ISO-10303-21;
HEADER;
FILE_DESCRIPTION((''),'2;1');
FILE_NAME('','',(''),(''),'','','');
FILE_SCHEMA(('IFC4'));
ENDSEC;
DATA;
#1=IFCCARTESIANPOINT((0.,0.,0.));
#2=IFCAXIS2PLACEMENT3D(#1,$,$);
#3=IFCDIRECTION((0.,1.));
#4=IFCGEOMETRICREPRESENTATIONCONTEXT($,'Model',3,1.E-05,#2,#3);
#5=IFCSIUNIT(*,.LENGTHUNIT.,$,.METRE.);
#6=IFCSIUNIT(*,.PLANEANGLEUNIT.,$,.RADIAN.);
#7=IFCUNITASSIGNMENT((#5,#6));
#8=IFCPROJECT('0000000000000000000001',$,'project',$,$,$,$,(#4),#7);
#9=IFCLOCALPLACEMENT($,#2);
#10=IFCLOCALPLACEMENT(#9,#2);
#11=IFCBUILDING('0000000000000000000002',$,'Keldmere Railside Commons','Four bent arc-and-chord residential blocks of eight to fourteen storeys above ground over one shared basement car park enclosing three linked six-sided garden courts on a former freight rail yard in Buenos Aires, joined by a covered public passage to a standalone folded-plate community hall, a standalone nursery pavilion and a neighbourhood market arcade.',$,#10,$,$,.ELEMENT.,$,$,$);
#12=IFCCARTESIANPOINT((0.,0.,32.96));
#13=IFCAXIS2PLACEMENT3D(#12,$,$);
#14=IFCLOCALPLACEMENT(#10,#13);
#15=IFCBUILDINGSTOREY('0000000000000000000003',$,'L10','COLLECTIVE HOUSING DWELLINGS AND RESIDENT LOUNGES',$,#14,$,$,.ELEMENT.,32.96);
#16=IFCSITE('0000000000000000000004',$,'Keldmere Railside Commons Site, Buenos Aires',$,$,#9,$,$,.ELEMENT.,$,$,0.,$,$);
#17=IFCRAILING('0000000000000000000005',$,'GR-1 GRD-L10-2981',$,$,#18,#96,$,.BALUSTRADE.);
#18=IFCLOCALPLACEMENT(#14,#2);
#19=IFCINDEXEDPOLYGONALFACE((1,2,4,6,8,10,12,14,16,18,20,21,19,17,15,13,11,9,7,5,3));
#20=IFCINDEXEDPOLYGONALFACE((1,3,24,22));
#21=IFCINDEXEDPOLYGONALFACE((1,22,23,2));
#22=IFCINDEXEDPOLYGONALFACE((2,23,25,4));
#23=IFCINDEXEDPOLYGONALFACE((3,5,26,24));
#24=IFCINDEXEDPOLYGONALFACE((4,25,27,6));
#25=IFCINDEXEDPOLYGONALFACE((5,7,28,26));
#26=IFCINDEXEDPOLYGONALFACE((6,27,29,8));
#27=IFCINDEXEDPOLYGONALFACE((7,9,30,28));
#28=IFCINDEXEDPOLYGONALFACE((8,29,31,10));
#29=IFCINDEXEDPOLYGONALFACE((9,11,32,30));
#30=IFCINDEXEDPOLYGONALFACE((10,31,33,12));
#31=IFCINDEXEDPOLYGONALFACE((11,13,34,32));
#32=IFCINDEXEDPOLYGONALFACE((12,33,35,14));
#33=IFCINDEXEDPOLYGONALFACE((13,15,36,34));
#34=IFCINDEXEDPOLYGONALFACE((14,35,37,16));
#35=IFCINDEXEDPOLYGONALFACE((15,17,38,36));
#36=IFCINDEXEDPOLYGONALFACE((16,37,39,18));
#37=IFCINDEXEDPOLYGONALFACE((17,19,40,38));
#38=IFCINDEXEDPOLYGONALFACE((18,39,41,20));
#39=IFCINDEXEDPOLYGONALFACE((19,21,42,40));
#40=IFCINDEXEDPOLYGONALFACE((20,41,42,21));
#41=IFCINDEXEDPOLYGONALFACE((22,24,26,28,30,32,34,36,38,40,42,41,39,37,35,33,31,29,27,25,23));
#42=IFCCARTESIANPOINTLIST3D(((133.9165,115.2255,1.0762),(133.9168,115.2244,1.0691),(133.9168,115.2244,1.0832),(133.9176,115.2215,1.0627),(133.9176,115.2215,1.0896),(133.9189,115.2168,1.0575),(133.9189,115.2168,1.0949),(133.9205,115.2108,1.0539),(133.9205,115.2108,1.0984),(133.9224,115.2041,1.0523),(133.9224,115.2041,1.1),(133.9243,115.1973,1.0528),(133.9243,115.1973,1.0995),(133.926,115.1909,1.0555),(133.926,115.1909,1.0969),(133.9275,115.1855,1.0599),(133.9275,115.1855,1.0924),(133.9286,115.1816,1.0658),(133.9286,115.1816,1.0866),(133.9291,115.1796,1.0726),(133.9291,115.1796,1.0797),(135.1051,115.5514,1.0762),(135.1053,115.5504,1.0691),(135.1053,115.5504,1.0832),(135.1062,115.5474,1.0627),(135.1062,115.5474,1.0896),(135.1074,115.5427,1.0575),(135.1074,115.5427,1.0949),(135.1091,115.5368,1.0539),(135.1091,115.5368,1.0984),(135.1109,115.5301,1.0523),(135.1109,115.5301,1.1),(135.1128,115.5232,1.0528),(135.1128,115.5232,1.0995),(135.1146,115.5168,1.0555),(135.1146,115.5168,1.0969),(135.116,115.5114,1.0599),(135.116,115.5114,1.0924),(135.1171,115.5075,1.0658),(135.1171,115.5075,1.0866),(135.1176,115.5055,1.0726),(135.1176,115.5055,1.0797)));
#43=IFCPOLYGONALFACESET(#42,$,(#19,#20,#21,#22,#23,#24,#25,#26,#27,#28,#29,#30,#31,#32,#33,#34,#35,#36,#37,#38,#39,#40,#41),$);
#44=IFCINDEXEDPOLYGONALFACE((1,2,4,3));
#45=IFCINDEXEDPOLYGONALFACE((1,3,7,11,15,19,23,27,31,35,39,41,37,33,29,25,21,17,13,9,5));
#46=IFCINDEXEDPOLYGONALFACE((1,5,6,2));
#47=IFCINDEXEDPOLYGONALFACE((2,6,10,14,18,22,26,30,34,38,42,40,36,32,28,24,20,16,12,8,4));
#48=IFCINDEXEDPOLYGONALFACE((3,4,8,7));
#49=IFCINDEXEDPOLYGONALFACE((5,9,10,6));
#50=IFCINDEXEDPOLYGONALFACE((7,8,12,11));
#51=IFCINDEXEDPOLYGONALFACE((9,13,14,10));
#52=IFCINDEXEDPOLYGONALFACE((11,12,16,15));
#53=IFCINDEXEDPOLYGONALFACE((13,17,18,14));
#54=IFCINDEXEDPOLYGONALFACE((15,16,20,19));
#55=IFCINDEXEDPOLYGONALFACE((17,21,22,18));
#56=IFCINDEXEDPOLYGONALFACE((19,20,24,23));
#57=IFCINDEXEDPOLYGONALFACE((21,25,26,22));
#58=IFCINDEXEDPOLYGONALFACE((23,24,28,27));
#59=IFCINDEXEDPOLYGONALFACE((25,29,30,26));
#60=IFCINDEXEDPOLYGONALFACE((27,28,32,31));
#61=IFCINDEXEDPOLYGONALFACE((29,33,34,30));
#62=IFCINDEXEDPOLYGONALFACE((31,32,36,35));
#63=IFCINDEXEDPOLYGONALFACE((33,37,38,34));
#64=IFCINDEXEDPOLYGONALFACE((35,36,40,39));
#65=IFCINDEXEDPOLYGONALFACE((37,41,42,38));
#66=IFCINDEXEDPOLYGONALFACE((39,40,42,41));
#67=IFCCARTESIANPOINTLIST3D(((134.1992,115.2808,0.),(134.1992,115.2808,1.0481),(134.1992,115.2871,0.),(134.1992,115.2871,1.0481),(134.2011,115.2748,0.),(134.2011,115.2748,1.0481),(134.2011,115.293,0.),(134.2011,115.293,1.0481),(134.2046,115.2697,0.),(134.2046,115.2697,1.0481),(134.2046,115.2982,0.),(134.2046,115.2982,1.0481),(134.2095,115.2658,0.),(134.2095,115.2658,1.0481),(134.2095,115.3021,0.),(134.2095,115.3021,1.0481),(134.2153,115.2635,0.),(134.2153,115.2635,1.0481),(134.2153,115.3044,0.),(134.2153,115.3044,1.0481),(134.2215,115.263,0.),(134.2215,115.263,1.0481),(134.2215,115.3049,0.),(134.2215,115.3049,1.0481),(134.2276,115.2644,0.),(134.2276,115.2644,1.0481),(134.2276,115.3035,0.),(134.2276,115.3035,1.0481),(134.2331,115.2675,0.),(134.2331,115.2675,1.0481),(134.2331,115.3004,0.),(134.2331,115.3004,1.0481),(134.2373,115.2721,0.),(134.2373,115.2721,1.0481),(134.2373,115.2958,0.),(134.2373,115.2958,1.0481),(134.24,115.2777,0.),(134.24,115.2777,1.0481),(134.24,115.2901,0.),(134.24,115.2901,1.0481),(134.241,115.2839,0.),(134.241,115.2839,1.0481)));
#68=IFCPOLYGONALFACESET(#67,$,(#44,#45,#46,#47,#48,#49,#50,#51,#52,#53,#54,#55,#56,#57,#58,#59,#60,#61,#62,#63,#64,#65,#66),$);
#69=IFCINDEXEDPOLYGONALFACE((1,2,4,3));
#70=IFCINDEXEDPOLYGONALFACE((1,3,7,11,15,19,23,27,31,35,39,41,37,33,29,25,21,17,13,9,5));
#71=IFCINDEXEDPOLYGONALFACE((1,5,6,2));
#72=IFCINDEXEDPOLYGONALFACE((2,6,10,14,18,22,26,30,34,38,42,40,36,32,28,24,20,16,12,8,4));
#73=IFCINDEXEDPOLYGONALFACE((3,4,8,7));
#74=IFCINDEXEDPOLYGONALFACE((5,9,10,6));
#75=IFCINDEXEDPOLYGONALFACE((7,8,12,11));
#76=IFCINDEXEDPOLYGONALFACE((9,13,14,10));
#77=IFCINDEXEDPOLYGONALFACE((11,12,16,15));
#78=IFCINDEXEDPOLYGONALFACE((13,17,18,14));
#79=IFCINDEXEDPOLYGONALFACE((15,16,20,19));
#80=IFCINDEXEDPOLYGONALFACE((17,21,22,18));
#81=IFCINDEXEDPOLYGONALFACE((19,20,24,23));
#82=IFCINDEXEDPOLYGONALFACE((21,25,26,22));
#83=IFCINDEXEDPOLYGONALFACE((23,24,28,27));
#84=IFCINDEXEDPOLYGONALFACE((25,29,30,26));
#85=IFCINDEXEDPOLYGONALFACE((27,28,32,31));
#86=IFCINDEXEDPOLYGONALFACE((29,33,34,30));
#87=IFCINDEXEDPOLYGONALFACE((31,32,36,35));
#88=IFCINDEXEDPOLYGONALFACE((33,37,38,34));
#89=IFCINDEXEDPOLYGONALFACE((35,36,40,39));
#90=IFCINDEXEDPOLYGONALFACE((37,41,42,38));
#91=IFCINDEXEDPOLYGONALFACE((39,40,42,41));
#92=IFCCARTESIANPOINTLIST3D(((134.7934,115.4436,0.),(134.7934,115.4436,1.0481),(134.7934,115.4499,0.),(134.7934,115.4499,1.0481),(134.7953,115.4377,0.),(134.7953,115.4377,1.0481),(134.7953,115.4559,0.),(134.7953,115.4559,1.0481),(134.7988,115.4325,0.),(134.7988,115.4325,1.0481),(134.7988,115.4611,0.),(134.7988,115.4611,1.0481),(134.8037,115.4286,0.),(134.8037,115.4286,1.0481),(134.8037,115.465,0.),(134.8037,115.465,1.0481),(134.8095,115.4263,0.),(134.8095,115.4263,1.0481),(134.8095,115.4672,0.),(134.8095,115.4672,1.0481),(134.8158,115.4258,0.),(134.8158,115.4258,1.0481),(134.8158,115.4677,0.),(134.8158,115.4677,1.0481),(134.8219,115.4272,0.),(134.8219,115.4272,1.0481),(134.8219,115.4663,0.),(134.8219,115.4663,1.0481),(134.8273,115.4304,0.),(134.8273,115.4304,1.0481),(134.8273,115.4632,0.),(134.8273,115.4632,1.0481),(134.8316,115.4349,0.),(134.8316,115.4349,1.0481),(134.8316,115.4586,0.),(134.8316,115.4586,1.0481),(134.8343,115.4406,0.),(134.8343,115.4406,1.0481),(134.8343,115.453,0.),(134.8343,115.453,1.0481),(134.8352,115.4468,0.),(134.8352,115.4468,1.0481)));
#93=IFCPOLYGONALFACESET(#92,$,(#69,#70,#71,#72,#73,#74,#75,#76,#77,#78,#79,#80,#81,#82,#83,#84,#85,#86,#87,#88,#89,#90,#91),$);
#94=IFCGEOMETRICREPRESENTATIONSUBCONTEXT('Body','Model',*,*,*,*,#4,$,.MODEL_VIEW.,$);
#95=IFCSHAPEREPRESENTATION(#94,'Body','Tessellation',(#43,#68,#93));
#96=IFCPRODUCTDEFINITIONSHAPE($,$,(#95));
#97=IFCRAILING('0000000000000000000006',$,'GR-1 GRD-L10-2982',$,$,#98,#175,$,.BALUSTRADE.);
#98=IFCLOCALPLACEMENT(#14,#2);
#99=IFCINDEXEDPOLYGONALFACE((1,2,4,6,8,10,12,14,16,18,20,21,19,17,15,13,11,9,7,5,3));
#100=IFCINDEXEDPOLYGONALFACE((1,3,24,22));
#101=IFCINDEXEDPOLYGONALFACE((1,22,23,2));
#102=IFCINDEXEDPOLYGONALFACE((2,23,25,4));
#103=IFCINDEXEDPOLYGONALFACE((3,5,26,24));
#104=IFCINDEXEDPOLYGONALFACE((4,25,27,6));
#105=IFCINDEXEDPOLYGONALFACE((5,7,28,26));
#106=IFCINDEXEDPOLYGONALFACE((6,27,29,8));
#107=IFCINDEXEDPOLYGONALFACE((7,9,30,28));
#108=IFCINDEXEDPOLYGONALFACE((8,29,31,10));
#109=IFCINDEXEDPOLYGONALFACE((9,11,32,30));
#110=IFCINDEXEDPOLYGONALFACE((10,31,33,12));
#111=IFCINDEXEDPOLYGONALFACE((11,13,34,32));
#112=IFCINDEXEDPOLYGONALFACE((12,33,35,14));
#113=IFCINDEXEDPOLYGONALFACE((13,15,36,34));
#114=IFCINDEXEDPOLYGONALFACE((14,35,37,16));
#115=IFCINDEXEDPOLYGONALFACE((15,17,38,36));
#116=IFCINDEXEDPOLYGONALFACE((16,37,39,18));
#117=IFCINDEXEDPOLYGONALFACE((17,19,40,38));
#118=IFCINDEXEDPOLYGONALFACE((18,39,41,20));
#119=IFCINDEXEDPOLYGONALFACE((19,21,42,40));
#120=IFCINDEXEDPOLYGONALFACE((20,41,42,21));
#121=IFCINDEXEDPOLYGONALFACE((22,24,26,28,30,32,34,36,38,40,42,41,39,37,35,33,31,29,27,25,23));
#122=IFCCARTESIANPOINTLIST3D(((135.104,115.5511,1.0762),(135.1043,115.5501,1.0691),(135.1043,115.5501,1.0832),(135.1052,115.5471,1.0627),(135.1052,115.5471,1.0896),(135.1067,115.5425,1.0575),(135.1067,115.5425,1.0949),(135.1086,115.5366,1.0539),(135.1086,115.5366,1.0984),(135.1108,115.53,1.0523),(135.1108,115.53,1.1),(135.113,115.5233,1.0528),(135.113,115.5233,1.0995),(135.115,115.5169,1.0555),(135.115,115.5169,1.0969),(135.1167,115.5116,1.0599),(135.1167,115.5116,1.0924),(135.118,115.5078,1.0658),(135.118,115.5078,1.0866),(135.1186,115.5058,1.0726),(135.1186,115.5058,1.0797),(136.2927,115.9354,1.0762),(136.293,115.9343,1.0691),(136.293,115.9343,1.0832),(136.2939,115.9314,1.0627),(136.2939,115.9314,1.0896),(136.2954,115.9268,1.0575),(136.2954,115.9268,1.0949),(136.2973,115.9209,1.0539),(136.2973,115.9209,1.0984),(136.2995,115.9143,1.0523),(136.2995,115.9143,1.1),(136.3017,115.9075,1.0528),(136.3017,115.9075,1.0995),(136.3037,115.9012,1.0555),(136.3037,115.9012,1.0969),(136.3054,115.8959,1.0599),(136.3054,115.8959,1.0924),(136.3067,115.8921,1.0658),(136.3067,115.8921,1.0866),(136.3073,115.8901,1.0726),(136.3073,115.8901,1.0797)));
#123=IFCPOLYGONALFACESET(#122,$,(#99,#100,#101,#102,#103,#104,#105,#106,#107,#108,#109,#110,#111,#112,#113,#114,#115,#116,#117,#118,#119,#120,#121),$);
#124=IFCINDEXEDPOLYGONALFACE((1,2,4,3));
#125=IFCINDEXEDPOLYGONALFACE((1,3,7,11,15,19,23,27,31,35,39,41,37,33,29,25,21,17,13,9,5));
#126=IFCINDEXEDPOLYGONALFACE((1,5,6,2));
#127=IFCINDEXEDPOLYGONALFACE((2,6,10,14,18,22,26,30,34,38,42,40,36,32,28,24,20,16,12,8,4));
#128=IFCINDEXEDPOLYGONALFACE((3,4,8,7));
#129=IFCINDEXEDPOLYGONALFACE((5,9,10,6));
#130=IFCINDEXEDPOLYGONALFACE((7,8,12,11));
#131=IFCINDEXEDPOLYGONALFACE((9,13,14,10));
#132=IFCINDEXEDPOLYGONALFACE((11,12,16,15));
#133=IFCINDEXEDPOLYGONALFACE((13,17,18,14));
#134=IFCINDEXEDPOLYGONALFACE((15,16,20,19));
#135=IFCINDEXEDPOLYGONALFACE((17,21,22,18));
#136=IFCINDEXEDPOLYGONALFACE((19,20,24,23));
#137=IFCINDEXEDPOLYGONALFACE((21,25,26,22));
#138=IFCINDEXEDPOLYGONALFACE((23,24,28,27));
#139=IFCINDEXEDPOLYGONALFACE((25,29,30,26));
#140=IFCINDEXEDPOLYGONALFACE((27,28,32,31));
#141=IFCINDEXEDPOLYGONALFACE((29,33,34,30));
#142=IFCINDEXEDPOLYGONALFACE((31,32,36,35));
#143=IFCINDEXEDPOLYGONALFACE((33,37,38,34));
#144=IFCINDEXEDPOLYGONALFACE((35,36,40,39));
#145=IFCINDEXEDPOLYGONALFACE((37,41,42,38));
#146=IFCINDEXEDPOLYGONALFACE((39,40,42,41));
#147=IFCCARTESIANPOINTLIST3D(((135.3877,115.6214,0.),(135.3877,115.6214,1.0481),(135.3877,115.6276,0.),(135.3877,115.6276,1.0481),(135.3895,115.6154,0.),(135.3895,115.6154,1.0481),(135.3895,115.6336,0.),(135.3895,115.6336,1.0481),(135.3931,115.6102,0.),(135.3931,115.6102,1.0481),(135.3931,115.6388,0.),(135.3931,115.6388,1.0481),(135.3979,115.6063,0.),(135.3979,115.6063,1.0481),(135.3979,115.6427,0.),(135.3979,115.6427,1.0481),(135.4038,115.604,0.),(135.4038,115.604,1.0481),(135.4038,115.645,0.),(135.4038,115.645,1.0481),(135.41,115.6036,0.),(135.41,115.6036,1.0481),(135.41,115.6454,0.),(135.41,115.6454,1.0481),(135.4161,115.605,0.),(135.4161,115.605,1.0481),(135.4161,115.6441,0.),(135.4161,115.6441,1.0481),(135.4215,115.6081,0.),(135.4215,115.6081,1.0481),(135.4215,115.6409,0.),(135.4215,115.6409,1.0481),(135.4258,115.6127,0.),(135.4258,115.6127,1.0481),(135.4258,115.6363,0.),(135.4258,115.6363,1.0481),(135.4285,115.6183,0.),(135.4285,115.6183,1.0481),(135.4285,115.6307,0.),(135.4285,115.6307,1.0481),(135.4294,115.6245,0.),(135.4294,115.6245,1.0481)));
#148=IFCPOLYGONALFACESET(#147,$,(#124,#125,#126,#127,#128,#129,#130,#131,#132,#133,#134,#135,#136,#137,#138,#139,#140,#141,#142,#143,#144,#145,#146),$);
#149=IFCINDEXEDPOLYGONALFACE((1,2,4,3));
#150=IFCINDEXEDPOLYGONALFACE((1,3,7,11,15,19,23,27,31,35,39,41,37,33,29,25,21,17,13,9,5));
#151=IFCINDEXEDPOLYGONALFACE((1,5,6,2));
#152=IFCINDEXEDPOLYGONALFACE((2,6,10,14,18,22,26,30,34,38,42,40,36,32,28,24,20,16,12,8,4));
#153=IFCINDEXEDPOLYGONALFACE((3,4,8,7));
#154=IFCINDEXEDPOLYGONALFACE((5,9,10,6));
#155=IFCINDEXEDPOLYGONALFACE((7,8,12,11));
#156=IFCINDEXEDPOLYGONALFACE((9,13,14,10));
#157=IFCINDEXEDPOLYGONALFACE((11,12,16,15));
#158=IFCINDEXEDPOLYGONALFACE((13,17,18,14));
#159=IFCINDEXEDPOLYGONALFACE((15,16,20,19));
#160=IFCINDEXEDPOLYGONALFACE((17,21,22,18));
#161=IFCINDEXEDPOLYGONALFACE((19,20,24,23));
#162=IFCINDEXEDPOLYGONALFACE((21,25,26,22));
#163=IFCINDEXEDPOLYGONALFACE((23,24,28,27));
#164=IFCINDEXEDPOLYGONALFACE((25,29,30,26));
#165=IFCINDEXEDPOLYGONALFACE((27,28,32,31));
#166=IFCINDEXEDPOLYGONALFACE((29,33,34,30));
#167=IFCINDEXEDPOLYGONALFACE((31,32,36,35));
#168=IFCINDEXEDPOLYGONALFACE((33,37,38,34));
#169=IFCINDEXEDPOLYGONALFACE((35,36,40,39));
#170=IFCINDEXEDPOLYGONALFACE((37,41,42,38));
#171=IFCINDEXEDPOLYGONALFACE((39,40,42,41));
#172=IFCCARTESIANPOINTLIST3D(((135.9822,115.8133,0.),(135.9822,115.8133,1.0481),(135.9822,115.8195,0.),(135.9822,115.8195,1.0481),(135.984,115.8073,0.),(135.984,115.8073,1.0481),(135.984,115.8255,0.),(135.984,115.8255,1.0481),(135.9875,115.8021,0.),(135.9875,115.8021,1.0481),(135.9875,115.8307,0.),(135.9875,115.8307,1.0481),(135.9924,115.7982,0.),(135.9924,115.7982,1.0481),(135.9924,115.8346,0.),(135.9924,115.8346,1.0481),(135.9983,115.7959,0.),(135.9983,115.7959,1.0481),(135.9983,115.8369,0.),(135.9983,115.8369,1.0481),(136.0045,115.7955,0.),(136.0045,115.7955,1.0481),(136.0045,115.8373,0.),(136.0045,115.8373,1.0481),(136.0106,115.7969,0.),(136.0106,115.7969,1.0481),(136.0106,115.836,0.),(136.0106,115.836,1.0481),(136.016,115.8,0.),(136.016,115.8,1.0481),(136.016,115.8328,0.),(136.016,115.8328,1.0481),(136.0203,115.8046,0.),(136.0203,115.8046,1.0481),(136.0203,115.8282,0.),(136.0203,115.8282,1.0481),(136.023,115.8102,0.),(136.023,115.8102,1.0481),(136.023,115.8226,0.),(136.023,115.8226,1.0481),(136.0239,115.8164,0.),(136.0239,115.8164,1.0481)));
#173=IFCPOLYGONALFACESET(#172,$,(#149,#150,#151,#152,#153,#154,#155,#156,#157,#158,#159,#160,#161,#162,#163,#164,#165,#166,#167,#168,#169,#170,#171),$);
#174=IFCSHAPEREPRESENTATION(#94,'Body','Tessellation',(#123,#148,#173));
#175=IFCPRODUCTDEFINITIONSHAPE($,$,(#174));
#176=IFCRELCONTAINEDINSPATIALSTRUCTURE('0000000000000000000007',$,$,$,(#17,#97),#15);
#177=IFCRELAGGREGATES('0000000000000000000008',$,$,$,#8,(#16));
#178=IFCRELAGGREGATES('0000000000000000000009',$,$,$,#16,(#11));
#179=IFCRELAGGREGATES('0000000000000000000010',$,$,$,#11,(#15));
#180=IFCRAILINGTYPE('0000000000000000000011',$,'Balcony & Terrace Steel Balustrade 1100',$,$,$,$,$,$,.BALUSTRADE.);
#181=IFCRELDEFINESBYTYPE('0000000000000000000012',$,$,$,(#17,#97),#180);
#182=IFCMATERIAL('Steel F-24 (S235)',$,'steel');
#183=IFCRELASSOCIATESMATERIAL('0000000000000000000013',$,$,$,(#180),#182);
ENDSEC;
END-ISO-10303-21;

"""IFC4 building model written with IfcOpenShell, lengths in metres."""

from ifc_helpers import new_model, si_unit, direction, frame, origin, origin_2d, place, context, subcontext, project, spatial, circle, extrude, material, type_object, element, save


model = new_model("IFC4")

# Units and contexts
model_context = context("Model", 3, precision=1e-05, world=origin(), true_north=direction((0.0, 1.0)))
body_context = subcontext(model_context, "Body", "Model", "MODEL_VIEW")
ifc_project = project(units=[si_unit("LENGTHUNIT", "METRE"), si_unit("PLANEANGLEUNIT", "RADIAN")], contexts=[model_context])

# Site, building, storey
site_placement = place(None, origin())
site = spatial("IfcSite", under=ifc_project, at=site_placement, Name="Keldmere Railside Commons Site, Buenos Aires", CompositionType="ELEMENT", RefElevation=0.0)
building_placement = place(site_placement, origin())
building = spatial("IfcBuilding", under=site, at=building_placement, Name="Keldmere Railside Commons", Description="Four bent arc-and-chord residential blocks of eight to fourteen storeys above ground over one shared basement car park enclosing three linked six-sided garden courts on a former freight rail yard in Buenos Aires, joined by a covered public passage to a standalone folded-plate community hall, a standalone nursery pavilion and a neighbourhood market arcade.", CompositionType="ELEMENT")
storey_placement = place(building_placement, frame((0.0, 0.0, 32.96)))
storey = spatial("IfcBuildingStorey", under=building, at=storey_placement, Name="L10", Description="COLLECTIVE HOUSING DWELLINGS AND RESIDENT LOUNGES", CompositionType="ELEMENT", Elevation=32.96)

# Railings
ifc_material_1 = material(Name="Steel F-24 (S235)", Category="steel")
railing_type_1 = type_object("IfcRailingType", Name="Balcony & Terrace Steel Balustrade 1100", PredefinedType="BALUSTRADE", material=ifc_material_1)
railing_1_placement = place(storey_placement, frame((133.9229, 115.2024, 0.0)))
element("IfcRailing", 1, at=railing_1_placement, inside=storey, type_object=railing_type_1, Name="GR-1 GRD-L10-2981", PredefinedType="BALUSTRADE", context=body_context, shape_type="SweptSolid", body=[
    extrude(circle(Radius=0.0239, at=origin_2d()), frame((0.0, 0.0, 1.0762), z_axis=(0.964393, 0.264475, 0.0), x_axis=(-0.264475, 0.964393, 0.0)), (0.0, 0.0, 1.0), 1.2324),
    extrude(circle(Radius=0.021, at=origin_2d()), frame((0.2971, 0.0815, 0.0)), (0.0, 0.0, 1.0), 1.0481),
    extrude(circle(Radius=0.021, at=origin_2d()), frame((0.8914, 0.2444, 0.0)), (0.0, 0.0, 1.0), 1.0481),
])
railing_2_placement = place(storey_placement, frame((135.1113, 115.5283, 0.0)))
element("IfcRailing", 2, at=railing_2_placement, inside=storey, type_object=railing_type_1, Name="GR-1 GRD-L10-2982", PredefinedType="BALUSTRADE", context=body_context, shape_type="SweptSolid", body=[
    extrude(circle(Radius=0.0239, at=origin_2d()), frame((0.0, 0.0, 1.0762), z_axis=(0.951517, 0.307597, 0.0), x_axis=(-0.307597, 0.951517, 0.0)), (0.0, 0.0, 1.0), 1.2493),
    extrude(circle(Radius=0.021, at=origin_2d()), frame((0.2971, 0.0962, 0.0)), (0.0, 0.0, 1.0), 1.0481),
    extrude(circle(Radius=0.021, at=origin_2d()), frame((0.8916, 0.2881, 0.0)), (0.0, 0.0, 1.0), 1.0481),
])

save(model, "model.ifc")
